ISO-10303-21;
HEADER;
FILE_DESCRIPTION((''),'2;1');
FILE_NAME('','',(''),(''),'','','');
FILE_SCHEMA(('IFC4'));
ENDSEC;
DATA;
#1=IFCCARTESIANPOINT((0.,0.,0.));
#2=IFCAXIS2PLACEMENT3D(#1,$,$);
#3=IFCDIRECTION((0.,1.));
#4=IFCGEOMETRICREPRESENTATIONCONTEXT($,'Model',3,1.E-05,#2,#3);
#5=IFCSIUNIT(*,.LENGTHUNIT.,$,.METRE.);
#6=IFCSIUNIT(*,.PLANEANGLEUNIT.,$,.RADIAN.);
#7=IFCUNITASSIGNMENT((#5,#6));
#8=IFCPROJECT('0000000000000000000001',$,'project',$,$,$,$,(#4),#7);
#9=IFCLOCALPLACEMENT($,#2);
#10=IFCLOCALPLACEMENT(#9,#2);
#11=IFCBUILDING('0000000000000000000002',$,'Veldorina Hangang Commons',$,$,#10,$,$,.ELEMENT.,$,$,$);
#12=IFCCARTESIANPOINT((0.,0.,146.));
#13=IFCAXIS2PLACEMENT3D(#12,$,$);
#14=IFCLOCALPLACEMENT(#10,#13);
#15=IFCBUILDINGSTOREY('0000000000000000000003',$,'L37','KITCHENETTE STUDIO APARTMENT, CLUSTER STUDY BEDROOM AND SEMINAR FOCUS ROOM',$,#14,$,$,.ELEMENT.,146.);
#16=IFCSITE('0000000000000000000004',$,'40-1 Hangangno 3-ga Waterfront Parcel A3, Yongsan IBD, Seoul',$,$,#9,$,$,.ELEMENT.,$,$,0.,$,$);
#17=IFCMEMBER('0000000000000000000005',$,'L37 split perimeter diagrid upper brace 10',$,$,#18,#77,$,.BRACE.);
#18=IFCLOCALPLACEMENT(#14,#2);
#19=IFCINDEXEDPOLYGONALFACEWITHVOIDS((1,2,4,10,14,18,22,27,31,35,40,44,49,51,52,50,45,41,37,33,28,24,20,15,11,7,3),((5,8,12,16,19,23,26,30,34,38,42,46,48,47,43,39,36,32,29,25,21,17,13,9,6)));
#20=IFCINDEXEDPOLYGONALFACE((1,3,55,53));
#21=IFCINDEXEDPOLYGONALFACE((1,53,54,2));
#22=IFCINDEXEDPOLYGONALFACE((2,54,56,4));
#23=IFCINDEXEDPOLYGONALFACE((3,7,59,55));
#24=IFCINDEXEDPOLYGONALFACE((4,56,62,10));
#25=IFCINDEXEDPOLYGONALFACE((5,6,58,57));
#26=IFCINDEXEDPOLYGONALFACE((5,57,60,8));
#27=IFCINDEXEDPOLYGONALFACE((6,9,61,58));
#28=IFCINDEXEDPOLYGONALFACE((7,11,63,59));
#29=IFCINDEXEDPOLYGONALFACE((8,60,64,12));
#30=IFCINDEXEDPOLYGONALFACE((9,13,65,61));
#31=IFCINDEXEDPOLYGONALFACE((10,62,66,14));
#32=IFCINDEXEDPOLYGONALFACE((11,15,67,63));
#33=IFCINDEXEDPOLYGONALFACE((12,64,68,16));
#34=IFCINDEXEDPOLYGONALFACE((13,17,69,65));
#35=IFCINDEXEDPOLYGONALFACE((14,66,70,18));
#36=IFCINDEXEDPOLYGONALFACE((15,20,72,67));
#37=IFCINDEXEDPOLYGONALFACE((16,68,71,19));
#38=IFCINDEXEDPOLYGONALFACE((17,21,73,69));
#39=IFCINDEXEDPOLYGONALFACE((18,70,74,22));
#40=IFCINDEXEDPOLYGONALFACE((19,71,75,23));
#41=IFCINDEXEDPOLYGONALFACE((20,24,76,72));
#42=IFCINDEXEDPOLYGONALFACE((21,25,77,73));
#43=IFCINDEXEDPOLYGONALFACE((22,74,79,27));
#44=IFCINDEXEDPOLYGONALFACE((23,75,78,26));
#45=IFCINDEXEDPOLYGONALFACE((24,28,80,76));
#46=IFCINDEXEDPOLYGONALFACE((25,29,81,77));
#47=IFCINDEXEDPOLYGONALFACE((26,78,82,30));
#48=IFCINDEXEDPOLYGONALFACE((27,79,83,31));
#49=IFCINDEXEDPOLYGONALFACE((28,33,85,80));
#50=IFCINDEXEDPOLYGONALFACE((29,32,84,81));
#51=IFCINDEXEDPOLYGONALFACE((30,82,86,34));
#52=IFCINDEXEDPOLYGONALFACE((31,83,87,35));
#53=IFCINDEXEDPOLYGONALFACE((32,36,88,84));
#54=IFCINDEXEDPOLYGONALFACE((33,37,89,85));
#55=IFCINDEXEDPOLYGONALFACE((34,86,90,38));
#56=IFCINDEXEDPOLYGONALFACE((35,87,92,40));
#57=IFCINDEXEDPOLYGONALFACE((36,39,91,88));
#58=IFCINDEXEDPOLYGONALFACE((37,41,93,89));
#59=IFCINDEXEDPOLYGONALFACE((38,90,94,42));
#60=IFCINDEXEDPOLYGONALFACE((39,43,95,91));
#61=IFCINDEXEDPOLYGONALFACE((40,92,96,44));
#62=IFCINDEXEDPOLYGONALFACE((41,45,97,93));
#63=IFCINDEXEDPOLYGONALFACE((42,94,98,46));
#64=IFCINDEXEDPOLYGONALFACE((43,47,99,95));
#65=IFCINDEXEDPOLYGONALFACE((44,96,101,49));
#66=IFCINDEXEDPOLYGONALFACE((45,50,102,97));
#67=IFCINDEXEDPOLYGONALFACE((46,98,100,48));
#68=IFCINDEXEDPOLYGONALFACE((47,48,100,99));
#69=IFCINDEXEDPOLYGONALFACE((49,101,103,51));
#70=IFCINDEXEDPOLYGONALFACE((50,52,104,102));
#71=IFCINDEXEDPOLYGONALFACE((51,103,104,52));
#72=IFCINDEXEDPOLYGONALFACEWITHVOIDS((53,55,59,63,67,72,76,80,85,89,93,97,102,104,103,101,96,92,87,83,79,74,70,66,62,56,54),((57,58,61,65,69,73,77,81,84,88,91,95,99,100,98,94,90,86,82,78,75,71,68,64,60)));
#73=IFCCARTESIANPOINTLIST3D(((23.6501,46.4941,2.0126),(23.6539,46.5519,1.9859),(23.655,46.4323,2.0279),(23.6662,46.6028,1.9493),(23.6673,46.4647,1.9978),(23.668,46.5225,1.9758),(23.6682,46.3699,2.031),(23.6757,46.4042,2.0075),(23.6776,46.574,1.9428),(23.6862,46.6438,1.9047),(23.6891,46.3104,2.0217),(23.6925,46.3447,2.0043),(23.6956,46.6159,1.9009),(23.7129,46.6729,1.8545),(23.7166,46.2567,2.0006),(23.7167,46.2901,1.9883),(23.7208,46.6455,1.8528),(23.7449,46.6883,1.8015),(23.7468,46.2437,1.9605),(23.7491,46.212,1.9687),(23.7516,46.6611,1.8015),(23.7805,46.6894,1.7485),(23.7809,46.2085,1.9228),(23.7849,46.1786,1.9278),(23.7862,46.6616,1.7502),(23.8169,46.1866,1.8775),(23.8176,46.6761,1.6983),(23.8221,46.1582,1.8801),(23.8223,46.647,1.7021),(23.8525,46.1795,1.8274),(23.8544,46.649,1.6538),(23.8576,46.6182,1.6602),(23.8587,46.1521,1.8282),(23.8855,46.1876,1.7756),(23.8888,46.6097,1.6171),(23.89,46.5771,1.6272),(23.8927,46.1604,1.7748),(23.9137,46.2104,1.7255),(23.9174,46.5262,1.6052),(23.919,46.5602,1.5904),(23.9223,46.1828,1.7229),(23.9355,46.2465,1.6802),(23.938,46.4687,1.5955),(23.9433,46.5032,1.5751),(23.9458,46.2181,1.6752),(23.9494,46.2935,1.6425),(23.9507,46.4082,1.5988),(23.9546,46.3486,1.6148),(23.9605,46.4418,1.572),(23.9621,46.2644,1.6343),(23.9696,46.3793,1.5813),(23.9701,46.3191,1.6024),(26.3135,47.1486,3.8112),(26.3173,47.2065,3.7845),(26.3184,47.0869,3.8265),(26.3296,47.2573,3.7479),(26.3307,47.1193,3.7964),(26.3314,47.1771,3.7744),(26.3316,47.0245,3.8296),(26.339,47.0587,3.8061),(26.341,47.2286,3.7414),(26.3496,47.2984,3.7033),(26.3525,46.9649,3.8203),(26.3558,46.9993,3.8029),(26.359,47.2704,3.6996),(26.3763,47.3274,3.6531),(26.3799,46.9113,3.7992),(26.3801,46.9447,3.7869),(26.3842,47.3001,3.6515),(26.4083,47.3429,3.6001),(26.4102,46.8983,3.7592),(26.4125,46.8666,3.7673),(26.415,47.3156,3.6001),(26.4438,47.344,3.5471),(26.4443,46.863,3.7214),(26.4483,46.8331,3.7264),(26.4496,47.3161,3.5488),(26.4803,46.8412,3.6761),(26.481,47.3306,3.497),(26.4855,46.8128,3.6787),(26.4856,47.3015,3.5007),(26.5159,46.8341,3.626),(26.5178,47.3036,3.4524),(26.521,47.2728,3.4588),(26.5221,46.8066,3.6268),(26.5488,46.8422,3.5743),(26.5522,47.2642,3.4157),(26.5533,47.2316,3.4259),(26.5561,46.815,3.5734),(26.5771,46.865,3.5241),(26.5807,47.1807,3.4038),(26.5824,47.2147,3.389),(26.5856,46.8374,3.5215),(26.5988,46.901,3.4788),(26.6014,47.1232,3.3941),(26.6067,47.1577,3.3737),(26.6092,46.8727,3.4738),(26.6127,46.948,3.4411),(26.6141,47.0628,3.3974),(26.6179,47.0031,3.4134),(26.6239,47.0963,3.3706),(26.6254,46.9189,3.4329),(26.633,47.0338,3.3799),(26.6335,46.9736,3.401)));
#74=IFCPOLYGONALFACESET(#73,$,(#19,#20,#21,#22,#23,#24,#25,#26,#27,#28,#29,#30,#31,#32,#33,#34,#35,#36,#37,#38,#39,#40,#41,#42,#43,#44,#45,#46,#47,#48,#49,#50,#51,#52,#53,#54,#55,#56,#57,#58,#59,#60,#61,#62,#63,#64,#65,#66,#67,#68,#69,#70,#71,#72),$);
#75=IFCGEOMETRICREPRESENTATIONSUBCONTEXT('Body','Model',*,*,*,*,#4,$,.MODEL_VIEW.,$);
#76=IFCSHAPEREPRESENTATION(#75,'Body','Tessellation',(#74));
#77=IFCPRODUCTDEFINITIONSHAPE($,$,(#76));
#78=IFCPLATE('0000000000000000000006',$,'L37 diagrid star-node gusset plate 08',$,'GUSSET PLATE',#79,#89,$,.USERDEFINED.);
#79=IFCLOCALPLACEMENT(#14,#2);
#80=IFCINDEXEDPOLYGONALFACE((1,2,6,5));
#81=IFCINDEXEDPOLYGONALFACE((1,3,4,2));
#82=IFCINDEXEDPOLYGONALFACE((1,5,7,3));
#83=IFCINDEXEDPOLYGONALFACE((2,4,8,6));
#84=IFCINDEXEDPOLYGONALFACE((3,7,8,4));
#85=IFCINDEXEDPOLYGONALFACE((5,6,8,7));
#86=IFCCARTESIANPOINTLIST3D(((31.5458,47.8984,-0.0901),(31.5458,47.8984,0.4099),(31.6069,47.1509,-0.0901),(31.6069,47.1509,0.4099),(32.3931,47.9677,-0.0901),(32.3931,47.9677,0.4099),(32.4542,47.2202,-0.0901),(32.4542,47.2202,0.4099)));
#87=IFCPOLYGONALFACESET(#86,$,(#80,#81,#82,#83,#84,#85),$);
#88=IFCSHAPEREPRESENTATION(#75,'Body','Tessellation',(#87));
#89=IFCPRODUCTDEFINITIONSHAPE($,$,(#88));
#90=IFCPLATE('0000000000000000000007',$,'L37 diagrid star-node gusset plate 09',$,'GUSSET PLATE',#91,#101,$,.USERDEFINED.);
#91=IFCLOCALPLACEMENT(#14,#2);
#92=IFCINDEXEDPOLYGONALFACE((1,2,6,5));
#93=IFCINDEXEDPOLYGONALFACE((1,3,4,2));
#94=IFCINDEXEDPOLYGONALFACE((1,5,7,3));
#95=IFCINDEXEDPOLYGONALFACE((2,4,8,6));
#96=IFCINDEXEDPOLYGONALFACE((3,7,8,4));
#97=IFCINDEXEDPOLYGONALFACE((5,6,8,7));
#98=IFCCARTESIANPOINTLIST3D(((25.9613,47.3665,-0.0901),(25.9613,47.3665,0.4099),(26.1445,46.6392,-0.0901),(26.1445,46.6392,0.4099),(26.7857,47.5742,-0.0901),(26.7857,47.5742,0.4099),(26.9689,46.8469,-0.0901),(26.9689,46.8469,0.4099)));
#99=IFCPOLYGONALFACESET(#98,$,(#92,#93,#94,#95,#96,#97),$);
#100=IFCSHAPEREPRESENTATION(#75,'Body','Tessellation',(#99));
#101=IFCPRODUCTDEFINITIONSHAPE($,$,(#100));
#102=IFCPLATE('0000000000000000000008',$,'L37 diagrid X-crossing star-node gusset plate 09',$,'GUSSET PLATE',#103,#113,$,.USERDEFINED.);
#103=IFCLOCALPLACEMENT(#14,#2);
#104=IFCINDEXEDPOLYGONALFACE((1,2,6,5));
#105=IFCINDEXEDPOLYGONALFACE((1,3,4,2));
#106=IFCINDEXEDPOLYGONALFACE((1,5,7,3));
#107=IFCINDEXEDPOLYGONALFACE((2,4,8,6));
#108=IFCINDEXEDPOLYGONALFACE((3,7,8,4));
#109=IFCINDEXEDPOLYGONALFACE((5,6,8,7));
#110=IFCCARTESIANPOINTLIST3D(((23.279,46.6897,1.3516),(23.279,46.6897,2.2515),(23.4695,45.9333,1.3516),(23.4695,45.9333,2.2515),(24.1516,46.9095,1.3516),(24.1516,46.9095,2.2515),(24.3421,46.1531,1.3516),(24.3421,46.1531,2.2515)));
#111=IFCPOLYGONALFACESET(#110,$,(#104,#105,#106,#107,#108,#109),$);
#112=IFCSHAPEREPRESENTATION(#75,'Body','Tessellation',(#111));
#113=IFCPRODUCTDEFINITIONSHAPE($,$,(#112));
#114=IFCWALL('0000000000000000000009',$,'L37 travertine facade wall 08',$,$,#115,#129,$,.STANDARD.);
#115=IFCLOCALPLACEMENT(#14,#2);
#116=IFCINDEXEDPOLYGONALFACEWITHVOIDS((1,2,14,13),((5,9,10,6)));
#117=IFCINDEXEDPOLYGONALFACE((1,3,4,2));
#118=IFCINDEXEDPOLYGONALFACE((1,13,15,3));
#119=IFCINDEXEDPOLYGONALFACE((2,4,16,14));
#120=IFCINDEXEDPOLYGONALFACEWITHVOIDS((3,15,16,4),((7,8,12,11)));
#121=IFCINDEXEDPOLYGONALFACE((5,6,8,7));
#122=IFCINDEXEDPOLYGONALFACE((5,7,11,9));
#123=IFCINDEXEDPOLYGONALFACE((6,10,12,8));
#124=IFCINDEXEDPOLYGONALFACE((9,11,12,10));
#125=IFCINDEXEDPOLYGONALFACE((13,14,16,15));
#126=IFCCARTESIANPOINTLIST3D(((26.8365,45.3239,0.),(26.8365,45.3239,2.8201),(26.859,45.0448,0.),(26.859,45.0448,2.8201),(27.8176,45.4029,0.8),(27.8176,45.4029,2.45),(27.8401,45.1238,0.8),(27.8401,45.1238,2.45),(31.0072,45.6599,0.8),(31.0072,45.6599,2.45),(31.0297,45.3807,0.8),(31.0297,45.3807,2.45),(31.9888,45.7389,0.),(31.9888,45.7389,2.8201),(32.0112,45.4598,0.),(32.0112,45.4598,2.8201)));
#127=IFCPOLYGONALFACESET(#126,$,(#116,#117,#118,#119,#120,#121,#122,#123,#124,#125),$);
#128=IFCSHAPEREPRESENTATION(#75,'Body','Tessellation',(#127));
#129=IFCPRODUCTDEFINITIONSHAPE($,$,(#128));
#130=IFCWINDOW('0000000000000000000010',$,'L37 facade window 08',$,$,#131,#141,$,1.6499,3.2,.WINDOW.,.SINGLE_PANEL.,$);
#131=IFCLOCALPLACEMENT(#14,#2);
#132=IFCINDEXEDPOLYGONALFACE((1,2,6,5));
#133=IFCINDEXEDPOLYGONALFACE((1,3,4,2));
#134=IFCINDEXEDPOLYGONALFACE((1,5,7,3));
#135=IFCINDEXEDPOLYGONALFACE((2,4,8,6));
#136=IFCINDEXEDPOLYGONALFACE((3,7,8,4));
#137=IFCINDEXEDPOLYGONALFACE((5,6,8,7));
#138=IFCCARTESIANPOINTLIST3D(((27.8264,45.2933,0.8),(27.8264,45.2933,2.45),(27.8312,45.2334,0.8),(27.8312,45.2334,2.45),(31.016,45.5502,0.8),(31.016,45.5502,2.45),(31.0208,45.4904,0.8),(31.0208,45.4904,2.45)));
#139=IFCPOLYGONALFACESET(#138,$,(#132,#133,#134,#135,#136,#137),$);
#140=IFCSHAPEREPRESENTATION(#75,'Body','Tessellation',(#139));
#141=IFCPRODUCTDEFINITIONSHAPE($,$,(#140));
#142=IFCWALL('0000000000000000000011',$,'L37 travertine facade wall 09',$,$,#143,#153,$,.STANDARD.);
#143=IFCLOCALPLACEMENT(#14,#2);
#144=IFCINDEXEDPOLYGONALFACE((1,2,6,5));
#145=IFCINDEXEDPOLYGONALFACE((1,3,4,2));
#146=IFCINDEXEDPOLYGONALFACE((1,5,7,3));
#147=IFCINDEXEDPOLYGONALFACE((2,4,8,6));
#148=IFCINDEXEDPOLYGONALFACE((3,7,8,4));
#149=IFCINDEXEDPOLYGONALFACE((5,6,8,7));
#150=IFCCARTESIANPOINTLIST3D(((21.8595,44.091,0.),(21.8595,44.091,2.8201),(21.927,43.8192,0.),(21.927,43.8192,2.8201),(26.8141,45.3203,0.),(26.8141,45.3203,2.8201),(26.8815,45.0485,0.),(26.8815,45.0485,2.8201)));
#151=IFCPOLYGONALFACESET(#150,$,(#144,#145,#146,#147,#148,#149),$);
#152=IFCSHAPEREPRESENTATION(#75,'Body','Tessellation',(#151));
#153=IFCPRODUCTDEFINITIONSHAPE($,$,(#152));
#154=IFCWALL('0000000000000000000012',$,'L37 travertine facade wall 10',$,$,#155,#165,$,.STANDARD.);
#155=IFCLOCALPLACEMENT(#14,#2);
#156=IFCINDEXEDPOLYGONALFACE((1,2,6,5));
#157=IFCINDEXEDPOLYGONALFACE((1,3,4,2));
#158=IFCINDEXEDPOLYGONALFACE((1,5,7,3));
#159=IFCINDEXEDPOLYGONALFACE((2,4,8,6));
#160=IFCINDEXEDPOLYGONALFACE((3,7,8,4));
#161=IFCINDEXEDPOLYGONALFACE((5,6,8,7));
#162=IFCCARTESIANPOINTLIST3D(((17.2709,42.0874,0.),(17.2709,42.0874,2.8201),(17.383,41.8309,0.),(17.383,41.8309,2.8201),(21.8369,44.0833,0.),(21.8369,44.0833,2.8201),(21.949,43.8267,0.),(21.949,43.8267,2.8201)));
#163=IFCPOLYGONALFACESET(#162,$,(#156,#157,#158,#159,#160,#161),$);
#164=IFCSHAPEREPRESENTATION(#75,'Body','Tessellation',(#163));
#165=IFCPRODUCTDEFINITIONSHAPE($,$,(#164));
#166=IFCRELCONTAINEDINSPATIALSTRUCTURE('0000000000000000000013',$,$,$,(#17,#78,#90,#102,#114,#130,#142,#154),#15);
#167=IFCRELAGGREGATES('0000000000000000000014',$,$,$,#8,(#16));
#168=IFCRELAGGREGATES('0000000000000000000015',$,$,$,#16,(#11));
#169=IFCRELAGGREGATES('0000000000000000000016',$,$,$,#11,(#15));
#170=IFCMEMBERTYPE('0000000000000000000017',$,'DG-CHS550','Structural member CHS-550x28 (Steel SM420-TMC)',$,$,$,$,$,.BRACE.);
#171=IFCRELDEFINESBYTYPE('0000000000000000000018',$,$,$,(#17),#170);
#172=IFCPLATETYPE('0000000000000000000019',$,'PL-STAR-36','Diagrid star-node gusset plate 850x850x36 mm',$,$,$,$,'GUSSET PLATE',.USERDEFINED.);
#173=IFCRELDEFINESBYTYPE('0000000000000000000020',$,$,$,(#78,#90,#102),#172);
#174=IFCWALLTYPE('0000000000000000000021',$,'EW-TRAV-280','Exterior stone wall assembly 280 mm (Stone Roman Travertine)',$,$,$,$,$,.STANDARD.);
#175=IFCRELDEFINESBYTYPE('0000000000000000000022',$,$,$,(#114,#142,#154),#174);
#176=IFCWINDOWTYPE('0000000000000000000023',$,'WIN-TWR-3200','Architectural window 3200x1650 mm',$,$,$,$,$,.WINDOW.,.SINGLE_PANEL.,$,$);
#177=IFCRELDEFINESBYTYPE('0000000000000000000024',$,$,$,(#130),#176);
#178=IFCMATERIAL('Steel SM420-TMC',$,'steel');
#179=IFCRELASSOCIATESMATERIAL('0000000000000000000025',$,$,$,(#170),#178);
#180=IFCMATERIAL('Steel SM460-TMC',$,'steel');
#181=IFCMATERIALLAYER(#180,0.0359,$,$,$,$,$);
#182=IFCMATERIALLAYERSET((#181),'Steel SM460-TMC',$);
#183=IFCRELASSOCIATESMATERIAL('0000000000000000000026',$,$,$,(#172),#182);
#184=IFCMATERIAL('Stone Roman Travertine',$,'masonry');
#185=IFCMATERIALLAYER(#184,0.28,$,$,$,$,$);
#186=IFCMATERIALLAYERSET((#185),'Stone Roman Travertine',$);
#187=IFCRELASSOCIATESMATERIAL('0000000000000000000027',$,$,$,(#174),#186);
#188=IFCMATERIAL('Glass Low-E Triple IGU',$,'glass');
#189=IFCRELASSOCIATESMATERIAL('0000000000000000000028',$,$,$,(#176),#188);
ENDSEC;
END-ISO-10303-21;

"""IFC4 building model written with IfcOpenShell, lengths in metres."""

from ifc_helpers import new_model, si_unit, direction, frame, frame_2d, origin, origin_2d, place, context, subcontext, project, spatial, rectangle, hollow_circle, extrude, material, layer, layer_set, material_profile, profile_set, type_object, element, fill, save


model = new_model("IFC4")

# Units and contexts
model_context = context("Model", 3, precision=1e-05, world=origin(), true_north=direction((0.0, 1.0)))
body_context = subcontext(model_context, "Body", "Model", "MODEL_VIEW")
ifc_project = project(units=[si_unit("LENGTHUNIT", "METRE"), si_unit("PLANEANGLEUNIT", "RADIAN")], contexts=[model_context])

# Site, building, storey
site_placement = place(None, origin())
site = spatial("IfcSite", under=ifc_project, at=site_placement, Name="40-1 Hangangno 3-ga Waterfront Parcel A3, Yongsan IBD, Seoul", CompositionType="ELEMENT", RefElevation=0.0)
building_placement = place(site_placement, origin())
building = spatial("IfcBuilding", under=site, at=building_placement, Name="Veldorina Hangang Commons", CompositionType="ELEMENT")
storey_placement = place(building_placement, frame((0.0, 0.0, 146.0)))
storey = spatial("IfcBuildingStorey", under=building, at=storey_placement, Name="L37", Description="KITCHENETTE STUDIO APARTMENT, CLUSTER STUDY BEDROOM AND SEMINAR FOCUS ROOM", CompositionType="ELEMENT", Elevation=146.0)

# Shared definitions
ifc_material_1 = material(Name="Steel SM420-TMC", Category="steel")

# Member
ifc_material_profile_1 = material_profile(ifc_material_1, hollow_circle(Radius=0.2749, WallThickness=0.0281, at=origin_2d()), Name="CHS-550x28")
ifc_profile_set_1 = profile_set([ifc_material_profile_1], Name="Steel SM420-TMC")
member_type = type_object("IfcMemberType", Name="DG-CHS550", Description="Structural member CHS-550x28 (Steel SM420-TMC)", PredefinedType="BRACE", material=ifc_profile_set_1)
member_1_placement = place(storey_placement, frame((23.8105, 46.4214, 1.8015), z_axis=(0.812057, 0.199571, 0.548393), x_axis=(-0.238659, 0.971103, 0.0)))
element("IfcMember", 1, at=member_1_placement, inside=storey, type_object=member_type, Name="L37 split perimeter diagrid upper brace 10", PredefinedType="BRACE", context=body_context, shape_type="SweptSolid", body=[
    extrude(hollow_circle(Radius=0.2749, WallThickness=0.0281, at=origin_2d()), origin(), (0.0, 0.0, 1.0), 3.2798),
])

# Plates
ifc_material_2 = material(Name="Steel SM460-TMC", Category="steel")
ifc_layer_1 = layer(ifc_material_2, 0.0359)
ifc_layer_set_1 = layer_set([ifc_layer_1], Name="Steel SM460-TMC")
plate_type = type_object("IfcPlateType", Name="PL-STAR-36", Description="Diagrid star-node gusset plate 850x850x36 mm", ElementType="GUSSET PLATE", PredefinedType="USERDEFINED", material=ifc_layer_set_1)
for number, where, z_axis, x_axis, name in (
    (2, (32.0, 47.5593, -0.0901), (0.0, 0.0, 1.0), (-0.996672, -0.081521, 0.0), "L37 diagrid star-node gusset plate 08"),
    (3, (26.4651, 47.1067, -0.0901), (0.0, 0.0, 1.0), (-0.96971, -0.244258, 0.0), "L37 diagrid star-node gusset plate 09"),
):
    element("IfcPlate", number, at=place(storey_placement, frame(where, z_axis=z_axis, x_axis=x_axis)), inside=storey, type_object=plate_type, Name=name, ObjectType="GUSSET PLATE", PredefinedType="USERDEFINED", context=body_context, shape_type="SweptSolid", body=[
        extrude(rectangle(XDim=0.8501, YDim=0.75, at=origin_2d()), origin(), (0.0, 0.0, 1.0), 0.5),
    ])
plate_placement = place(storey_placement, frame((23.8105, 46.4214, 1.3516), z_axis=(0.0, 0.0, 1.0), x_axis=(-0.96971, -0.244258, 0.0)))
element("IfcPlate", 4, at=plate_placement, inside=storey, type_object=plate_type, Name="L37 diagrid X-crossing star-node gusset plate 09", ObjectType="GUSSET PLATE", PredefinedType="USERDEFINED", context=body_context, shape_type="SweptSolid", body=[
    extrude(rectangle(XDim=0.8999, YDim=0.78, at=origin_2d()), origin(), (0.0, 0.0, 1.0), 0.8999),
])

# Wall, opening, window
ifc_material_3 = material(Name="Stone Roman Travertine", Category="masonry")
ifc_layer_2 = layer(ifc_material_3, 0.28)
ifc_layer_set_2 = layer_set([ifc_layer_2], Name="Stone Roman Travertine")
wall_type_1 = type_object("IfcWallType", Name="EW-TRAV-280", Description="Exterior stone wall assembly 280 mm (Stone Roman Travertine)", PredefinedType="STANDARD", material=ifc_layer_set_2)
wall_1_placement = place(storey_placement, frame((32.0, 45.5994, 0.0), z_axis=(0.0, 0.0, 1.0), x_axis=(-0.996771, -0.080293, 0.0)))
wall_1 = element("IfcWall", 5, at=wall_1_placement, inside=storey, type_object=wall_type_1, Name="L37 travertine facade wall 08", PredefinedType="STANDARD", context=body_context, shape_type="SweptSolid", body=[
    extrude(rectangle(XDim=5.1689, YDim=0.28, at=frame_2d((2.5845, 0.0))), origin(), (0.0, 0.0, 1.0), 2.8201),
])
opening_1_placement = place(wall_1_placement, frame((0.9846, 0.0, 0.8)))
opening_1 = element("IfcOpeningElement", 6, at=opening_1_placement, cuts=wall_1, PredefinedType="OPENING", context=body_context, shape_type="SweptSolid", body=[
    extrude(rectangle(XDim=3.2, YDim=1.6499, at=frame_2d((1.6001, 0.825))), frame((0.0, 0.1499, 0.0), z_axis=(0.0, -1.0, 0.0), x_axis=(1.0, 0.0, 0.0)), (0.0, 0.0, 1.0), 0.3),
])
ifc_material_4 = material(Name="Glass Low-E Triple IGU", Category="glass")
window_type = type_object("IfcWindowType", Name="WIN-TWR-3200", Description="Architectural window 3200x1650 mm", PartitioningType="SINGLE_PANEL", PredefinedType="WINDOW", material=ifc_material_4)
window_placement = place(opening_1_placement, origin())
window = element("IfcWindow", 7, at=window_placement, inside=storey, type_object=window_type, Name="L37 facade window 08", OverallHeight=1.6499, OverallWidth=3.2, PartitioningType="SINGLE_PANEL", PredefinedType="WINDOW", context=body_context, shape_type="SweptSolid", body=[
    extrude(rectangle(XDim=3.2, YDim=1.6499, at=frame_2d((1.6001, 0.825))), frame((0.0, 0.03, 0.0), z_axis=(0.0, -1.0, 0.0), x_axis=(1.0, 0.0, 0.0)), (0.0, 0.0, 1.0), 0.0601),
])
fill(opening_1, window)

# Walls
wall_2_placement = place(storey_placement, frame((26.8477, 45.1843, 0.0), z_axis=(0.0, 0.0, 1.0), x_axis=(-0.970574, -0.240802, 0.0)))
element("IfcWall", 8, at=wall_2_placement, inside=storey, type_object=wall_type_1, Name="L37 travertine facade wall 09", PredefinedType="STANDARD", context=body_context, shape_type="SweptSolid", body=[
    extrude(rectangle(XDim=5.1047, YDim=0.28, at=frame_2d((2.5522, 0.0))), origin(), (0.0, 0.0, 1.0), 2.8201),
])
wall_3_placement = place(storey_placement, frame((21.8931, 43.9551, 0.0), z_axis=(0.0, 0.0, 1.0), x_axis=(-0.916285, -0.400526, 0.0)))
element("IfcWall", 9, at=wall_3_placement, inside=storey, type_object=wall_type_1, Name="L37 travertine facade wall 10", PredefinedType="STANDARD", context=body_context, shape_type="SweptSolid", body=[
    extrude(rectangle(XDim=4.9832, YDim=0.28, at=frame_2d((2.4917, 0.0))), origin(), (0.0, 0.0, 1.0), 2.8201),
])

save(model, "model.ifc")
